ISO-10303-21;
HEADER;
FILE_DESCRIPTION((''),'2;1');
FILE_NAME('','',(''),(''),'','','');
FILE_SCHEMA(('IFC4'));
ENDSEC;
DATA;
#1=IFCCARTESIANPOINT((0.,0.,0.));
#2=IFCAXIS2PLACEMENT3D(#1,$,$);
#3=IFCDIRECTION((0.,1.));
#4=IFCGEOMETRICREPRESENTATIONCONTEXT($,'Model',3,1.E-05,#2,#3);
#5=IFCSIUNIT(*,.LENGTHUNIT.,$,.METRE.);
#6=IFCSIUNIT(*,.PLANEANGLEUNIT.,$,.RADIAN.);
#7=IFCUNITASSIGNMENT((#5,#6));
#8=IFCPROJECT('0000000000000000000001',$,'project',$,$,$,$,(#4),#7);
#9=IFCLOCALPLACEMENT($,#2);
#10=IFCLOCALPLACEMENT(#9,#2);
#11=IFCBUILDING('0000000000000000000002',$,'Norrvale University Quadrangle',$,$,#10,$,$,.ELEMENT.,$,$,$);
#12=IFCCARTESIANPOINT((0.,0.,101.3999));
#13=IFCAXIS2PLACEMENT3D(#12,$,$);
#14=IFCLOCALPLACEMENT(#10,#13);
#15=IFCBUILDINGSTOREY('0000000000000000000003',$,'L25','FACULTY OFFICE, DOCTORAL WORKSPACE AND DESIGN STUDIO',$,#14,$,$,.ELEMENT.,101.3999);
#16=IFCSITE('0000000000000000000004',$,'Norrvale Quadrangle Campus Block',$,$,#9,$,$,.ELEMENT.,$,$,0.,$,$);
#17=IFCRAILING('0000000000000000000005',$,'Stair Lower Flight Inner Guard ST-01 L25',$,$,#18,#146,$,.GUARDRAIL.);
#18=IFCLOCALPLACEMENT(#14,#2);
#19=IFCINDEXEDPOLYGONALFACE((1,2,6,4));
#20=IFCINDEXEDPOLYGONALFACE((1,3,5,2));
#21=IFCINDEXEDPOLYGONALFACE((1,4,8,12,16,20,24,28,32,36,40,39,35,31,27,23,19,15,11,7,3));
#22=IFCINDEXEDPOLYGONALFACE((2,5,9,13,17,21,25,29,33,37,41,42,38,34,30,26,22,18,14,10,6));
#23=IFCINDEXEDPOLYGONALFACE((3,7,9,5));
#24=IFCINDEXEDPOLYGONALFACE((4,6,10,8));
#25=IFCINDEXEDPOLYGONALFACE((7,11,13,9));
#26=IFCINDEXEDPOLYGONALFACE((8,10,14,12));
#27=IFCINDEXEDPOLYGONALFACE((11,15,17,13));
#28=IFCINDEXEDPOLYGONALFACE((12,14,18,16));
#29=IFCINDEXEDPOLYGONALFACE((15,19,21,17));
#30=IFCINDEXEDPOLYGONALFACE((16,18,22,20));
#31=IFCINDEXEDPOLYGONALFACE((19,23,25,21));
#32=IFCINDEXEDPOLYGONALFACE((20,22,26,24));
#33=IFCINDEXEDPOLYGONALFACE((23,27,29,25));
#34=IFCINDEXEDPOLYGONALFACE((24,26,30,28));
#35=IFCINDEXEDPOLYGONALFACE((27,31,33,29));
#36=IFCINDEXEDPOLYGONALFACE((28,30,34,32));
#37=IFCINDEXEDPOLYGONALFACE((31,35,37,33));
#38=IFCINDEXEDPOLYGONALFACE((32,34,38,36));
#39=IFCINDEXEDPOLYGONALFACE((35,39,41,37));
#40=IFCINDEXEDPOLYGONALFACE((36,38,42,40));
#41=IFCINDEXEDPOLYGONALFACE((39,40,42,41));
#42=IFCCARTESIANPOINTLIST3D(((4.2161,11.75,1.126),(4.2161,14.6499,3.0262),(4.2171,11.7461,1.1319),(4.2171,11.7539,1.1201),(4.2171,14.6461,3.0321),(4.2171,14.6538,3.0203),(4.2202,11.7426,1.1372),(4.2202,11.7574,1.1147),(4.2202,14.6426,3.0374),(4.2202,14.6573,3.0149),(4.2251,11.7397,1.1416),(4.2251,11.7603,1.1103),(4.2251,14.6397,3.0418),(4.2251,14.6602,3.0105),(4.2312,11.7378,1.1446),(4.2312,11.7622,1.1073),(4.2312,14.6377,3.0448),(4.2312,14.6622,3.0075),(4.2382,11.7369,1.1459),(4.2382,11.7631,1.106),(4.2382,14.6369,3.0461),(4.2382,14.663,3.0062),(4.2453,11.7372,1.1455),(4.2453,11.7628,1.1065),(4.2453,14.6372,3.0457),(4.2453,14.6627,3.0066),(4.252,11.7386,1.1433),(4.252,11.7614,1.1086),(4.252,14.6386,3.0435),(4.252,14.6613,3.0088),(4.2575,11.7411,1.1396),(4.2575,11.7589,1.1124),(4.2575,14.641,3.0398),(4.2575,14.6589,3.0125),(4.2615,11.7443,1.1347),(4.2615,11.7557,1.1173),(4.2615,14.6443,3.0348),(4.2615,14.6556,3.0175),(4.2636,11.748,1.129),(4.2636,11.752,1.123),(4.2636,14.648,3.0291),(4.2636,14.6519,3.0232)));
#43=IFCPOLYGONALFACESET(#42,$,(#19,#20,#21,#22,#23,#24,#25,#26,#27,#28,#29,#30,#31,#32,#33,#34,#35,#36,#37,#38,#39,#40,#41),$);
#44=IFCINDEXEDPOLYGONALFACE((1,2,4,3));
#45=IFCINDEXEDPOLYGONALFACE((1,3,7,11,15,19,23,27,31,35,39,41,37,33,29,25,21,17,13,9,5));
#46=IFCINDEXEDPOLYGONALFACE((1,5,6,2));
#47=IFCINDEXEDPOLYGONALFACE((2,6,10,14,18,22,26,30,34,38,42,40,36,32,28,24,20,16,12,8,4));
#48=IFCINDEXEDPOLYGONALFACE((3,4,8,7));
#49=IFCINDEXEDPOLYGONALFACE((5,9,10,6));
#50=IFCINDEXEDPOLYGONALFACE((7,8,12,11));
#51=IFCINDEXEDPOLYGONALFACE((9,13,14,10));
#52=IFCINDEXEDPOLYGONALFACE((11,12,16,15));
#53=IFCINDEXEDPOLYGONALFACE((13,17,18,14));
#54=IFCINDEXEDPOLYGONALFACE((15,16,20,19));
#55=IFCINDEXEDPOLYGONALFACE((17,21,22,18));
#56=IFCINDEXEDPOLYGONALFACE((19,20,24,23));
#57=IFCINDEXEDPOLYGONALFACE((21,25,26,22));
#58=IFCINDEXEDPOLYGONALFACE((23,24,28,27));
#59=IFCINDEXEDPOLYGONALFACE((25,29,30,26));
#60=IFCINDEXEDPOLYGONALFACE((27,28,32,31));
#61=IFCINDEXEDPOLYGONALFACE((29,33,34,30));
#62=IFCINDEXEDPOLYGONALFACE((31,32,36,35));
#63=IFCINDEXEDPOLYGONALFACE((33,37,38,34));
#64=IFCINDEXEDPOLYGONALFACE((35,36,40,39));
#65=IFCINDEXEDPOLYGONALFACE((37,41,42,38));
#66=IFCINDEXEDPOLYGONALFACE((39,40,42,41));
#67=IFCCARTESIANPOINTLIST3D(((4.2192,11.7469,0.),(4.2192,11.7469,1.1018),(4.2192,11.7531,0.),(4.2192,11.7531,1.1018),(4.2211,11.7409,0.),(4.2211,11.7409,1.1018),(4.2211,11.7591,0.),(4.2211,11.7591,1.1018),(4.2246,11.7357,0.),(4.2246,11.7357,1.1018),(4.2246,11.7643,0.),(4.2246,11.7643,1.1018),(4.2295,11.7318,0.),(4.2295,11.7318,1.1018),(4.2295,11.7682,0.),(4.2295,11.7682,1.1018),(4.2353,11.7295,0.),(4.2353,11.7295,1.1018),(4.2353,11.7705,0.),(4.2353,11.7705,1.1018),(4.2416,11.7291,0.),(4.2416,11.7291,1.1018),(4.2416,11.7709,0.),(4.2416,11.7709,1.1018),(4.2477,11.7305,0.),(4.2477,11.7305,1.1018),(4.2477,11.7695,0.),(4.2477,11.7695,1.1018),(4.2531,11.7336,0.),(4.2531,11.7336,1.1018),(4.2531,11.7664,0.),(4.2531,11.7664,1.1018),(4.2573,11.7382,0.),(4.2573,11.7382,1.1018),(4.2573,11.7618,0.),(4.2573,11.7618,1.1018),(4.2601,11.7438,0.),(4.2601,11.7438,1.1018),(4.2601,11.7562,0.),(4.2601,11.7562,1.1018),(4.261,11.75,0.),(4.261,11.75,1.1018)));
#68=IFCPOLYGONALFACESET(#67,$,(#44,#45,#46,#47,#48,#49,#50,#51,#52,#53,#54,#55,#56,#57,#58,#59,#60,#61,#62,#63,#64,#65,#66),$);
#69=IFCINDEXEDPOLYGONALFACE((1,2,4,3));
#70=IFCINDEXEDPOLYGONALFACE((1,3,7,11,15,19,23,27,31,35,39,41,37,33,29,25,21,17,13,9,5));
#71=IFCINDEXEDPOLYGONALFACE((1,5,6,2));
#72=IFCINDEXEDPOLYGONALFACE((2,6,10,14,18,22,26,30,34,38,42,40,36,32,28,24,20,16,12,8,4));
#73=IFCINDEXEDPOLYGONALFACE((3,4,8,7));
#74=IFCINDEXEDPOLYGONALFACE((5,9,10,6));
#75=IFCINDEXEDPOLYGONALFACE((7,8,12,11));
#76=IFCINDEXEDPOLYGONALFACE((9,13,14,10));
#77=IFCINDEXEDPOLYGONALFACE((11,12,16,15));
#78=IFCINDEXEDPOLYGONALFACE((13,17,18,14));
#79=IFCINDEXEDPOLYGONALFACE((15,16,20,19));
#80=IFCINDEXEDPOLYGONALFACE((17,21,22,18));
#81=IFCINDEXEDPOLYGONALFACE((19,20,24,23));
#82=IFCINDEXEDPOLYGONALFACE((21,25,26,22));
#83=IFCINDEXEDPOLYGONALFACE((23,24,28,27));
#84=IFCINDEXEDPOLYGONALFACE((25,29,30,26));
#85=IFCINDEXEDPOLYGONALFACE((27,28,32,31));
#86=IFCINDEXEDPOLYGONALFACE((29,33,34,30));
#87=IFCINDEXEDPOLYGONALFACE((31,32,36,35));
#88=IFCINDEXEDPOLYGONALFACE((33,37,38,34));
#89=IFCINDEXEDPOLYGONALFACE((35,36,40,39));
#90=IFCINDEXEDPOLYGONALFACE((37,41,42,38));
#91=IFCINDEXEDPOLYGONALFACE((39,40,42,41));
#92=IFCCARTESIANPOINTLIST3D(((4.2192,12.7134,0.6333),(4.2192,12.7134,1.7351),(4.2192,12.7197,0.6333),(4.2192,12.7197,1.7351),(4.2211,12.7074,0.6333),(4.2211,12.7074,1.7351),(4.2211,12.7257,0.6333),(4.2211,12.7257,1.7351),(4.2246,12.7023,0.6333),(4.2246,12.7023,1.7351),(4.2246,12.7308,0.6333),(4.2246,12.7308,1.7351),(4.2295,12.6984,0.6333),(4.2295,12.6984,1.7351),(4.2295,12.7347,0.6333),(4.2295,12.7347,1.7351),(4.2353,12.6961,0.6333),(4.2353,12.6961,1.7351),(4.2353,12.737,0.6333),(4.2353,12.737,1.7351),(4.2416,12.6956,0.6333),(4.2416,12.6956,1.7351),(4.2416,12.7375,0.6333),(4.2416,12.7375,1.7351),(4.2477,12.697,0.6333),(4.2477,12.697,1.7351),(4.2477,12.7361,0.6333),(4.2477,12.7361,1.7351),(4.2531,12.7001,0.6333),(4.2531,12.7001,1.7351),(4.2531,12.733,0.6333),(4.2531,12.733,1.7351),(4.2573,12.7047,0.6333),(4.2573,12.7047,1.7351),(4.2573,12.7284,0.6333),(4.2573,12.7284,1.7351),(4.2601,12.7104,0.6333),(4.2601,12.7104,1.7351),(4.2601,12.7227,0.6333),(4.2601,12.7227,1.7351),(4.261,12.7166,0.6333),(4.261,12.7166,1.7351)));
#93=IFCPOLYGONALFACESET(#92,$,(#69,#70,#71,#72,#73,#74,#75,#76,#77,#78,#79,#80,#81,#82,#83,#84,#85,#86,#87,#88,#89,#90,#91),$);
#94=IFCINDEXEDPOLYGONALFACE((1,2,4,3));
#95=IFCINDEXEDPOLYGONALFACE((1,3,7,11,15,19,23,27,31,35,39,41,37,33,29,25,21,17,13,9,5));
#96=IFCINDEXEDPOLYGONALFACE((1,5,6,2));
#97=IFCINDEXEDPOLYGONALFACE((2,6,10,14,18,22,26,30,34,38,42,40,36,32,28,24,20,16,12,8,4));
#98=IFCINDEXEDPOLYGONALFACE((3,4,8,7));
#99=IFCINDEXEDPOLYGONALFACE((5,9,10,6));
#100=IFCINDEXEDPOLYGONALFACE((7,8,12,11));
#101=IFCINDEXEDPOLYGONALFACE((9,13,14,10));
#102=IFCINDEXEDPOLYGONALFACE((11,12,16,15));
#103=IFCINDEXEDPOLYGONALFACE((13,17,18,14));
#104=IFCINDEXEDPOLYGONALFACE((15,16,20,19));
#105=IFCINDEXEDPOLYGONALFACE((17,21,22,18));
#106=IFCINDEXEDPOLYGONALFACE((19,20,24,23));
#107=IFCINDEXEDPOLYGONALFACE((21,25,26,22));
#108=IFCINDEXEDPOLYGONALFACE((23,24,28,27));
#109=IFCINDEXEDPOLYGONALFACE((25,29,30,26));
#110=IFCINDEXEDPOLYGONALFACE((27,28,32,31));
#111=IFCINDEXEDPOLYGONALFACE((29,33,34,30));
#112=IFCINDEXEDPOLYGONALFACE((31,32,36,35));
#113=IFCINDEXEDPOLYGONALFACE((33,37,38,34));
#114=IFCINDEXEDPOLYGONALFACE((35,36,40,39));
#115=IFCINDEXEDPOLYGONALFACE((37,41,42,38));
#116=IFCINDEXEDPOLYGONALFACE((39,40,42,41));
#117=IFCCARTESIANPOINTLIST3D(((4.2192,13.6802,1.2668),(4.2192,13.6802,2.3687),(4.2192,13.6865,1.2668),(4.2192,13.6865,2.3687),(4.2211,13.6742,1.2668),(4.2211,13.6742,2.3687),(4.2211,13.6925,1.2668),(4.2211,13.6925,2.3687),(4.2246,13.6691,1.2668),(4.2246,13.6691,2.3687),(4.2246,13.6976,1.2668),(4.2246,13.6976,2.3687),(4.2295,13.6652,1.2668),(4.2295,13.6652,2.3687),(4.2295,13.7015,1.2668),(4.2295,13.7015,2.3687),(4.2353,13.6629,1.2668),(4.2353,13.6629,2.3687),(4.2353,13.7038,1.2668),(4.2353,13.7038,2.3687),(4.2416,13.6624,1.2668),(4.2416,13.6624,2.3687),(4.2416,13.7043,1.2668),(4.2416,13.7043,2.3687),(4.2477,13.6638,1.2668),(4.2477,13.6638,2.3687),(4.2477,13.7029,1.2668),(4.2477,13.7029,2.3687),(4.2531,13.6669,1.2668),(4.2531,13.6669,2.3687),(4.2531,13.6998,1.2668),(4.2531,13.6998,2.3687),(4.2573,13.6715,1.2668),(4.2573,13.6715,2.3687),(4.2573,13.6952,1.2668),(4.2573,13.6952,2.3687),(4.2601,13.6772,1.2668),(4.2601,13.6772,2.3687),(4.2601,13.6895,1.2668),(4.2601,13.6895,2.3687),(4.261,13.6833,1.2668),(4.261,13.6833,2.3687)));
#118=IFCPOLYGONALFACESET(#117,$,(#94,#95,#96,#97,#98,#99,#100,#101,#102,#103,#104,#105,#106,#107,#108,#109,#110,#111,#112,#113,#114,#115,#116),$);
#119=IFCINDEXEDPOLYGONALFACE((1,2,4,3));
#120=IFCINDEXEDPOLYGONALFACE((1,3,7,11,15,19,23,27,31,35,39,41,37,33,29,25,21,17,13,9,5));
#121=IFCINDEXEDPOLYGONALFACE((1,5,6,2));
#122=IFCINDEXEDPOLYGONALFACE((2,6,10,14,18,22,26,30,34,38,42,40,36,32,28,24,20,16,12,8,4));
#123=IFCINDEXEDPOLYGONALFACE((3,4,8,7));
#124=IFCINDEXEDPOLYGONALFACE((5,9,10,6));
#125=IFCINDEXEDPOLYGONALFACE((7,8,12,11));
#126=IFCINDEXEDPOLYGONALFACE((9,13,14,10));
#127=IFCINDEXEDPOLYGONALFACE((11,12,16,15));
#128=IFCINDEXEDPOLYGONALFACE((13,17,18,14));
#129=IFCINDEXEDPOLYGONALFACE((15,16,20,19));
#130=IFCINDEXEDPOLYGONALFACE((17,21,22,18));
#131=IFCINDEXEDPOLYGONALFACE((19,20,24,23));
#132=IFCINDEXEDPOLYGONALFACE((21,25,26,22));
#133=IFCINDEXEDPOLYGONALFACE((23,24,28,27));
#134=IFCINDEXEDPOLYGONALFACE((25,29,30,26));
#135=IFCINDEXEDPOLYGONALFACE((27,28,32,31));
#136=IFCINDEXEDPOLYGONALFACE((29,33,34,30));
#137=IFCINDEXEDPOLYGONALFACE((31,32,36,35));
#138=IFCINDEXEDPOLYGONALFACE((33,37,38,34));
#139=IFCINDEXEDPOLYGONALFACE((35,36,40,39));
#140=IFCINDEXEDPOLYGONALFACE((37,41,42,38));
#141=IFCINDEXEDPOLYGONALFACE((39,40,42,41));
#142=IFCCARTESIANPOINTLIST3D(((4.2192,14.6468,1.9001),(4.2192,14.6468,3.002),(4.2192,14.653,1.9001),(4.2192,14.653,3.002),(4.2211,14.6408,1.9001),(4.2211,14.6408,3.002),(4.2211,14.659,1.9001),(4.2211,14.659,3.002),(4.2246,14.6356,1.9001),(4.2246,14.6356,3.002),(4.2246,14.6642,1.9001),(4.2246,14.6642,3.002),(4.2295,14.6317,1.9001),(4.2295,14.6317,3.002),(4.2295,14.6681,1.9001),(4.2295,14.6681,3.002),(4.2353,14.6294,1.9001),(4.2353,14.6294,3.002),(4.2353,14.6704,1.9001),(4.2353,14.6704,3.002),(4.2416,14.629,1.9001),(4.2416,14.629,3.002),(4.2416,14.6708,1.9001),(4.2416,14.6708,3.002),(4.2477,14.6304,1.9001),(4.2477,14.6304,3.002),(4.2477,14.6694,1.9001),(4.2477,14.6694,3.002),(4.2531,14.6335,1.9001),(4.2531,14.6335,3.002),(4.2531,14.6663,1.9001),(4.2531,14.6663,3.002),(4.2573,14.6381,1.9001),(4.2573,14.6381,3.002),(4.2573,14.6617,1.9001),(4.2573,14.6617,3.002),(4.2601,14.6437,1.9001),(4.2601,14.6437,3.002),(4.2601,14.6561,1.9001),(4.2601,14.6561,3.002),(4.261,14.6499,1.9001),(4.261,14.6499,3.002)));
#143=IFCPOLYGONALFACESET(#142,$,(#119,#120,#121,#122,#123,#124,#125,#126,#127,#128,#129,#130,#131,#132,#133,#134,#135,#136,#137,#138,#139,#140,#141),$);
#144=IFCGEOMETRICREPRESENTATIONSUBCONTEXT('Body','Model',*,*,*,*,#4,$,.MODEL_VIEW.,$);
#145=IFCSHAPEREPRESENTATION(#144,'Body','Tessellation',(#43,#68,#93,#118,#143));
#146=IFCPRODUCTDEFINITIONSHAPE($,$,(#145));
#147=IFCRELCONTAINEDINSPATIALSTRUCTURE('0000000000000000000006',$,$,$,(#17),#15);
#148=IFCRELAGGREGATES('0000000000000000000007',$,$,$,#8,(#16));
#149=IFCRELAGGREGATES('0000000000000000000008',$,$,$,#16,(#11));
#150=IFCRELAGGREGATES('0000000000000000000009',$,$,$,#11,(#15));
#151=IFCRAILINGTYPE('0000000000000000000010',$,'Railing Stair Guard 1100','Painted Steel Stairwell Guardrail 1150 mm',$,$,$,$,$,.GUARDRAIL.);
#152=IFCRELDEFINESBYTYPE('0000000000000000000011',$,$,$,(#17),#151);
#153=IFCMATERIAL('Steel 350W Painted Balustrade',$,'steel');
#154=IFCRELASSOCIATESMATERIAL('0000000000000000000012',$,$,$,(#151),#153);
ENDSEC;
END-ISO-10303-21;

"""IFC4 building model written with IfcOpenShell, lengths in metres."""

from ifc_helpers import new_model, si_unit, direction, frame, origin, origin_2d, place, context, subcontext, project, spatial, circle, extrude, material, type_object, element, save


model = new_model("IFC4")

# Units and contexts
model_context = context("Model", 3, precision=1e-05, world=origin(), true_north=direction((0.0, 1.0)))
body_context = subcontext(model_context, "Body", "Model", "MODEL_VIEW")
ifc_project = project(units=[si_unit("LENGTHUNIT", "METRE"), si_unit("PLANEANGLEUNIT", "RADIAN")], contexts=[model_context])

# Site, building, storey
site_placement = place(None, origin())
site = spatial("IfcSite", under=ifc_project, at=site_placement, Name="Norrvale Quadrangle Campus Block", CompositionType="ELEMENT", RefElevation=0.0)
building_placement = place(site_placement, origin())
building = spatial("IfcBuilding", under=site, at=building_placement, Name="Norrvale University Quadrangle", CompositionType="ELEMENT")
storey_placement = place(building_placement, frame((0.0, 0.0, 101.3999)))
storey = spatial("IfcBuildingStorey", under=building, at=storey_placement, Name="L25", Description="FACULTY OFFICE, DOCTORAL WORKSPACE AND DESIGN STUDIO", CompositionType="ELEMENT", Elevation=101.3999)

# Railing
ifc_material_1 = material(Name="Steel 350W Painted Balustrade", Category="steel")
railing_type_1 = type_object("IfcRailingType", Name="Railing Stair Guard 1100", Description="Painted Steel Stairwell Guardrail 1150 mm", PredefinedType="GUARDRAIL", material=ifc_material_1)
railing_1_placement = place(storey_placement, frame((4.24, 11.75, 0.0)))
element("IfcRailing", 1, at=railing_1_placement, inside=storey, type_object=railing_type_1, Name="Stair Lower Flight Inner Guard ST-01 L25", PredefinedType="GUARDRAIL", context=body_context, shape_type="SweptSolid", body=[
    extrude(circle(Radius=0.0239, at=origin_2d()), frame((0.0, 0.0, 1.126), z_axis=(0.0, 0.836433, 0.548069), x_axis=(-1.0, 0.0, 0.0)), (0.0, 0.0, 1.0), 3.467),
    extrude(circle(Radius=0.021, at=origin_2d()), origin(), (0.0, 0.0, 1.0), 1.1018),
    extrude(circle(Radius=0.021, at=origin_2d()), frame((0.0, 0.9666, 0.6333)), (0.0, 0.0, 1.0), 1.1018),
    extrude(circle(Radius=0.021, at=origin_2d()), frame((0.0, 1.9333, 1.2668)), (0.0, 0.0, 1.0), 1.1018),
    extrude(circle(Radius=0.021, at=origin_2d()), frame((0.0, 2.8999, 1.9001)), (0.0, 0.0, 1.0), 1.1018),
])

save(model, "model.ifc")
